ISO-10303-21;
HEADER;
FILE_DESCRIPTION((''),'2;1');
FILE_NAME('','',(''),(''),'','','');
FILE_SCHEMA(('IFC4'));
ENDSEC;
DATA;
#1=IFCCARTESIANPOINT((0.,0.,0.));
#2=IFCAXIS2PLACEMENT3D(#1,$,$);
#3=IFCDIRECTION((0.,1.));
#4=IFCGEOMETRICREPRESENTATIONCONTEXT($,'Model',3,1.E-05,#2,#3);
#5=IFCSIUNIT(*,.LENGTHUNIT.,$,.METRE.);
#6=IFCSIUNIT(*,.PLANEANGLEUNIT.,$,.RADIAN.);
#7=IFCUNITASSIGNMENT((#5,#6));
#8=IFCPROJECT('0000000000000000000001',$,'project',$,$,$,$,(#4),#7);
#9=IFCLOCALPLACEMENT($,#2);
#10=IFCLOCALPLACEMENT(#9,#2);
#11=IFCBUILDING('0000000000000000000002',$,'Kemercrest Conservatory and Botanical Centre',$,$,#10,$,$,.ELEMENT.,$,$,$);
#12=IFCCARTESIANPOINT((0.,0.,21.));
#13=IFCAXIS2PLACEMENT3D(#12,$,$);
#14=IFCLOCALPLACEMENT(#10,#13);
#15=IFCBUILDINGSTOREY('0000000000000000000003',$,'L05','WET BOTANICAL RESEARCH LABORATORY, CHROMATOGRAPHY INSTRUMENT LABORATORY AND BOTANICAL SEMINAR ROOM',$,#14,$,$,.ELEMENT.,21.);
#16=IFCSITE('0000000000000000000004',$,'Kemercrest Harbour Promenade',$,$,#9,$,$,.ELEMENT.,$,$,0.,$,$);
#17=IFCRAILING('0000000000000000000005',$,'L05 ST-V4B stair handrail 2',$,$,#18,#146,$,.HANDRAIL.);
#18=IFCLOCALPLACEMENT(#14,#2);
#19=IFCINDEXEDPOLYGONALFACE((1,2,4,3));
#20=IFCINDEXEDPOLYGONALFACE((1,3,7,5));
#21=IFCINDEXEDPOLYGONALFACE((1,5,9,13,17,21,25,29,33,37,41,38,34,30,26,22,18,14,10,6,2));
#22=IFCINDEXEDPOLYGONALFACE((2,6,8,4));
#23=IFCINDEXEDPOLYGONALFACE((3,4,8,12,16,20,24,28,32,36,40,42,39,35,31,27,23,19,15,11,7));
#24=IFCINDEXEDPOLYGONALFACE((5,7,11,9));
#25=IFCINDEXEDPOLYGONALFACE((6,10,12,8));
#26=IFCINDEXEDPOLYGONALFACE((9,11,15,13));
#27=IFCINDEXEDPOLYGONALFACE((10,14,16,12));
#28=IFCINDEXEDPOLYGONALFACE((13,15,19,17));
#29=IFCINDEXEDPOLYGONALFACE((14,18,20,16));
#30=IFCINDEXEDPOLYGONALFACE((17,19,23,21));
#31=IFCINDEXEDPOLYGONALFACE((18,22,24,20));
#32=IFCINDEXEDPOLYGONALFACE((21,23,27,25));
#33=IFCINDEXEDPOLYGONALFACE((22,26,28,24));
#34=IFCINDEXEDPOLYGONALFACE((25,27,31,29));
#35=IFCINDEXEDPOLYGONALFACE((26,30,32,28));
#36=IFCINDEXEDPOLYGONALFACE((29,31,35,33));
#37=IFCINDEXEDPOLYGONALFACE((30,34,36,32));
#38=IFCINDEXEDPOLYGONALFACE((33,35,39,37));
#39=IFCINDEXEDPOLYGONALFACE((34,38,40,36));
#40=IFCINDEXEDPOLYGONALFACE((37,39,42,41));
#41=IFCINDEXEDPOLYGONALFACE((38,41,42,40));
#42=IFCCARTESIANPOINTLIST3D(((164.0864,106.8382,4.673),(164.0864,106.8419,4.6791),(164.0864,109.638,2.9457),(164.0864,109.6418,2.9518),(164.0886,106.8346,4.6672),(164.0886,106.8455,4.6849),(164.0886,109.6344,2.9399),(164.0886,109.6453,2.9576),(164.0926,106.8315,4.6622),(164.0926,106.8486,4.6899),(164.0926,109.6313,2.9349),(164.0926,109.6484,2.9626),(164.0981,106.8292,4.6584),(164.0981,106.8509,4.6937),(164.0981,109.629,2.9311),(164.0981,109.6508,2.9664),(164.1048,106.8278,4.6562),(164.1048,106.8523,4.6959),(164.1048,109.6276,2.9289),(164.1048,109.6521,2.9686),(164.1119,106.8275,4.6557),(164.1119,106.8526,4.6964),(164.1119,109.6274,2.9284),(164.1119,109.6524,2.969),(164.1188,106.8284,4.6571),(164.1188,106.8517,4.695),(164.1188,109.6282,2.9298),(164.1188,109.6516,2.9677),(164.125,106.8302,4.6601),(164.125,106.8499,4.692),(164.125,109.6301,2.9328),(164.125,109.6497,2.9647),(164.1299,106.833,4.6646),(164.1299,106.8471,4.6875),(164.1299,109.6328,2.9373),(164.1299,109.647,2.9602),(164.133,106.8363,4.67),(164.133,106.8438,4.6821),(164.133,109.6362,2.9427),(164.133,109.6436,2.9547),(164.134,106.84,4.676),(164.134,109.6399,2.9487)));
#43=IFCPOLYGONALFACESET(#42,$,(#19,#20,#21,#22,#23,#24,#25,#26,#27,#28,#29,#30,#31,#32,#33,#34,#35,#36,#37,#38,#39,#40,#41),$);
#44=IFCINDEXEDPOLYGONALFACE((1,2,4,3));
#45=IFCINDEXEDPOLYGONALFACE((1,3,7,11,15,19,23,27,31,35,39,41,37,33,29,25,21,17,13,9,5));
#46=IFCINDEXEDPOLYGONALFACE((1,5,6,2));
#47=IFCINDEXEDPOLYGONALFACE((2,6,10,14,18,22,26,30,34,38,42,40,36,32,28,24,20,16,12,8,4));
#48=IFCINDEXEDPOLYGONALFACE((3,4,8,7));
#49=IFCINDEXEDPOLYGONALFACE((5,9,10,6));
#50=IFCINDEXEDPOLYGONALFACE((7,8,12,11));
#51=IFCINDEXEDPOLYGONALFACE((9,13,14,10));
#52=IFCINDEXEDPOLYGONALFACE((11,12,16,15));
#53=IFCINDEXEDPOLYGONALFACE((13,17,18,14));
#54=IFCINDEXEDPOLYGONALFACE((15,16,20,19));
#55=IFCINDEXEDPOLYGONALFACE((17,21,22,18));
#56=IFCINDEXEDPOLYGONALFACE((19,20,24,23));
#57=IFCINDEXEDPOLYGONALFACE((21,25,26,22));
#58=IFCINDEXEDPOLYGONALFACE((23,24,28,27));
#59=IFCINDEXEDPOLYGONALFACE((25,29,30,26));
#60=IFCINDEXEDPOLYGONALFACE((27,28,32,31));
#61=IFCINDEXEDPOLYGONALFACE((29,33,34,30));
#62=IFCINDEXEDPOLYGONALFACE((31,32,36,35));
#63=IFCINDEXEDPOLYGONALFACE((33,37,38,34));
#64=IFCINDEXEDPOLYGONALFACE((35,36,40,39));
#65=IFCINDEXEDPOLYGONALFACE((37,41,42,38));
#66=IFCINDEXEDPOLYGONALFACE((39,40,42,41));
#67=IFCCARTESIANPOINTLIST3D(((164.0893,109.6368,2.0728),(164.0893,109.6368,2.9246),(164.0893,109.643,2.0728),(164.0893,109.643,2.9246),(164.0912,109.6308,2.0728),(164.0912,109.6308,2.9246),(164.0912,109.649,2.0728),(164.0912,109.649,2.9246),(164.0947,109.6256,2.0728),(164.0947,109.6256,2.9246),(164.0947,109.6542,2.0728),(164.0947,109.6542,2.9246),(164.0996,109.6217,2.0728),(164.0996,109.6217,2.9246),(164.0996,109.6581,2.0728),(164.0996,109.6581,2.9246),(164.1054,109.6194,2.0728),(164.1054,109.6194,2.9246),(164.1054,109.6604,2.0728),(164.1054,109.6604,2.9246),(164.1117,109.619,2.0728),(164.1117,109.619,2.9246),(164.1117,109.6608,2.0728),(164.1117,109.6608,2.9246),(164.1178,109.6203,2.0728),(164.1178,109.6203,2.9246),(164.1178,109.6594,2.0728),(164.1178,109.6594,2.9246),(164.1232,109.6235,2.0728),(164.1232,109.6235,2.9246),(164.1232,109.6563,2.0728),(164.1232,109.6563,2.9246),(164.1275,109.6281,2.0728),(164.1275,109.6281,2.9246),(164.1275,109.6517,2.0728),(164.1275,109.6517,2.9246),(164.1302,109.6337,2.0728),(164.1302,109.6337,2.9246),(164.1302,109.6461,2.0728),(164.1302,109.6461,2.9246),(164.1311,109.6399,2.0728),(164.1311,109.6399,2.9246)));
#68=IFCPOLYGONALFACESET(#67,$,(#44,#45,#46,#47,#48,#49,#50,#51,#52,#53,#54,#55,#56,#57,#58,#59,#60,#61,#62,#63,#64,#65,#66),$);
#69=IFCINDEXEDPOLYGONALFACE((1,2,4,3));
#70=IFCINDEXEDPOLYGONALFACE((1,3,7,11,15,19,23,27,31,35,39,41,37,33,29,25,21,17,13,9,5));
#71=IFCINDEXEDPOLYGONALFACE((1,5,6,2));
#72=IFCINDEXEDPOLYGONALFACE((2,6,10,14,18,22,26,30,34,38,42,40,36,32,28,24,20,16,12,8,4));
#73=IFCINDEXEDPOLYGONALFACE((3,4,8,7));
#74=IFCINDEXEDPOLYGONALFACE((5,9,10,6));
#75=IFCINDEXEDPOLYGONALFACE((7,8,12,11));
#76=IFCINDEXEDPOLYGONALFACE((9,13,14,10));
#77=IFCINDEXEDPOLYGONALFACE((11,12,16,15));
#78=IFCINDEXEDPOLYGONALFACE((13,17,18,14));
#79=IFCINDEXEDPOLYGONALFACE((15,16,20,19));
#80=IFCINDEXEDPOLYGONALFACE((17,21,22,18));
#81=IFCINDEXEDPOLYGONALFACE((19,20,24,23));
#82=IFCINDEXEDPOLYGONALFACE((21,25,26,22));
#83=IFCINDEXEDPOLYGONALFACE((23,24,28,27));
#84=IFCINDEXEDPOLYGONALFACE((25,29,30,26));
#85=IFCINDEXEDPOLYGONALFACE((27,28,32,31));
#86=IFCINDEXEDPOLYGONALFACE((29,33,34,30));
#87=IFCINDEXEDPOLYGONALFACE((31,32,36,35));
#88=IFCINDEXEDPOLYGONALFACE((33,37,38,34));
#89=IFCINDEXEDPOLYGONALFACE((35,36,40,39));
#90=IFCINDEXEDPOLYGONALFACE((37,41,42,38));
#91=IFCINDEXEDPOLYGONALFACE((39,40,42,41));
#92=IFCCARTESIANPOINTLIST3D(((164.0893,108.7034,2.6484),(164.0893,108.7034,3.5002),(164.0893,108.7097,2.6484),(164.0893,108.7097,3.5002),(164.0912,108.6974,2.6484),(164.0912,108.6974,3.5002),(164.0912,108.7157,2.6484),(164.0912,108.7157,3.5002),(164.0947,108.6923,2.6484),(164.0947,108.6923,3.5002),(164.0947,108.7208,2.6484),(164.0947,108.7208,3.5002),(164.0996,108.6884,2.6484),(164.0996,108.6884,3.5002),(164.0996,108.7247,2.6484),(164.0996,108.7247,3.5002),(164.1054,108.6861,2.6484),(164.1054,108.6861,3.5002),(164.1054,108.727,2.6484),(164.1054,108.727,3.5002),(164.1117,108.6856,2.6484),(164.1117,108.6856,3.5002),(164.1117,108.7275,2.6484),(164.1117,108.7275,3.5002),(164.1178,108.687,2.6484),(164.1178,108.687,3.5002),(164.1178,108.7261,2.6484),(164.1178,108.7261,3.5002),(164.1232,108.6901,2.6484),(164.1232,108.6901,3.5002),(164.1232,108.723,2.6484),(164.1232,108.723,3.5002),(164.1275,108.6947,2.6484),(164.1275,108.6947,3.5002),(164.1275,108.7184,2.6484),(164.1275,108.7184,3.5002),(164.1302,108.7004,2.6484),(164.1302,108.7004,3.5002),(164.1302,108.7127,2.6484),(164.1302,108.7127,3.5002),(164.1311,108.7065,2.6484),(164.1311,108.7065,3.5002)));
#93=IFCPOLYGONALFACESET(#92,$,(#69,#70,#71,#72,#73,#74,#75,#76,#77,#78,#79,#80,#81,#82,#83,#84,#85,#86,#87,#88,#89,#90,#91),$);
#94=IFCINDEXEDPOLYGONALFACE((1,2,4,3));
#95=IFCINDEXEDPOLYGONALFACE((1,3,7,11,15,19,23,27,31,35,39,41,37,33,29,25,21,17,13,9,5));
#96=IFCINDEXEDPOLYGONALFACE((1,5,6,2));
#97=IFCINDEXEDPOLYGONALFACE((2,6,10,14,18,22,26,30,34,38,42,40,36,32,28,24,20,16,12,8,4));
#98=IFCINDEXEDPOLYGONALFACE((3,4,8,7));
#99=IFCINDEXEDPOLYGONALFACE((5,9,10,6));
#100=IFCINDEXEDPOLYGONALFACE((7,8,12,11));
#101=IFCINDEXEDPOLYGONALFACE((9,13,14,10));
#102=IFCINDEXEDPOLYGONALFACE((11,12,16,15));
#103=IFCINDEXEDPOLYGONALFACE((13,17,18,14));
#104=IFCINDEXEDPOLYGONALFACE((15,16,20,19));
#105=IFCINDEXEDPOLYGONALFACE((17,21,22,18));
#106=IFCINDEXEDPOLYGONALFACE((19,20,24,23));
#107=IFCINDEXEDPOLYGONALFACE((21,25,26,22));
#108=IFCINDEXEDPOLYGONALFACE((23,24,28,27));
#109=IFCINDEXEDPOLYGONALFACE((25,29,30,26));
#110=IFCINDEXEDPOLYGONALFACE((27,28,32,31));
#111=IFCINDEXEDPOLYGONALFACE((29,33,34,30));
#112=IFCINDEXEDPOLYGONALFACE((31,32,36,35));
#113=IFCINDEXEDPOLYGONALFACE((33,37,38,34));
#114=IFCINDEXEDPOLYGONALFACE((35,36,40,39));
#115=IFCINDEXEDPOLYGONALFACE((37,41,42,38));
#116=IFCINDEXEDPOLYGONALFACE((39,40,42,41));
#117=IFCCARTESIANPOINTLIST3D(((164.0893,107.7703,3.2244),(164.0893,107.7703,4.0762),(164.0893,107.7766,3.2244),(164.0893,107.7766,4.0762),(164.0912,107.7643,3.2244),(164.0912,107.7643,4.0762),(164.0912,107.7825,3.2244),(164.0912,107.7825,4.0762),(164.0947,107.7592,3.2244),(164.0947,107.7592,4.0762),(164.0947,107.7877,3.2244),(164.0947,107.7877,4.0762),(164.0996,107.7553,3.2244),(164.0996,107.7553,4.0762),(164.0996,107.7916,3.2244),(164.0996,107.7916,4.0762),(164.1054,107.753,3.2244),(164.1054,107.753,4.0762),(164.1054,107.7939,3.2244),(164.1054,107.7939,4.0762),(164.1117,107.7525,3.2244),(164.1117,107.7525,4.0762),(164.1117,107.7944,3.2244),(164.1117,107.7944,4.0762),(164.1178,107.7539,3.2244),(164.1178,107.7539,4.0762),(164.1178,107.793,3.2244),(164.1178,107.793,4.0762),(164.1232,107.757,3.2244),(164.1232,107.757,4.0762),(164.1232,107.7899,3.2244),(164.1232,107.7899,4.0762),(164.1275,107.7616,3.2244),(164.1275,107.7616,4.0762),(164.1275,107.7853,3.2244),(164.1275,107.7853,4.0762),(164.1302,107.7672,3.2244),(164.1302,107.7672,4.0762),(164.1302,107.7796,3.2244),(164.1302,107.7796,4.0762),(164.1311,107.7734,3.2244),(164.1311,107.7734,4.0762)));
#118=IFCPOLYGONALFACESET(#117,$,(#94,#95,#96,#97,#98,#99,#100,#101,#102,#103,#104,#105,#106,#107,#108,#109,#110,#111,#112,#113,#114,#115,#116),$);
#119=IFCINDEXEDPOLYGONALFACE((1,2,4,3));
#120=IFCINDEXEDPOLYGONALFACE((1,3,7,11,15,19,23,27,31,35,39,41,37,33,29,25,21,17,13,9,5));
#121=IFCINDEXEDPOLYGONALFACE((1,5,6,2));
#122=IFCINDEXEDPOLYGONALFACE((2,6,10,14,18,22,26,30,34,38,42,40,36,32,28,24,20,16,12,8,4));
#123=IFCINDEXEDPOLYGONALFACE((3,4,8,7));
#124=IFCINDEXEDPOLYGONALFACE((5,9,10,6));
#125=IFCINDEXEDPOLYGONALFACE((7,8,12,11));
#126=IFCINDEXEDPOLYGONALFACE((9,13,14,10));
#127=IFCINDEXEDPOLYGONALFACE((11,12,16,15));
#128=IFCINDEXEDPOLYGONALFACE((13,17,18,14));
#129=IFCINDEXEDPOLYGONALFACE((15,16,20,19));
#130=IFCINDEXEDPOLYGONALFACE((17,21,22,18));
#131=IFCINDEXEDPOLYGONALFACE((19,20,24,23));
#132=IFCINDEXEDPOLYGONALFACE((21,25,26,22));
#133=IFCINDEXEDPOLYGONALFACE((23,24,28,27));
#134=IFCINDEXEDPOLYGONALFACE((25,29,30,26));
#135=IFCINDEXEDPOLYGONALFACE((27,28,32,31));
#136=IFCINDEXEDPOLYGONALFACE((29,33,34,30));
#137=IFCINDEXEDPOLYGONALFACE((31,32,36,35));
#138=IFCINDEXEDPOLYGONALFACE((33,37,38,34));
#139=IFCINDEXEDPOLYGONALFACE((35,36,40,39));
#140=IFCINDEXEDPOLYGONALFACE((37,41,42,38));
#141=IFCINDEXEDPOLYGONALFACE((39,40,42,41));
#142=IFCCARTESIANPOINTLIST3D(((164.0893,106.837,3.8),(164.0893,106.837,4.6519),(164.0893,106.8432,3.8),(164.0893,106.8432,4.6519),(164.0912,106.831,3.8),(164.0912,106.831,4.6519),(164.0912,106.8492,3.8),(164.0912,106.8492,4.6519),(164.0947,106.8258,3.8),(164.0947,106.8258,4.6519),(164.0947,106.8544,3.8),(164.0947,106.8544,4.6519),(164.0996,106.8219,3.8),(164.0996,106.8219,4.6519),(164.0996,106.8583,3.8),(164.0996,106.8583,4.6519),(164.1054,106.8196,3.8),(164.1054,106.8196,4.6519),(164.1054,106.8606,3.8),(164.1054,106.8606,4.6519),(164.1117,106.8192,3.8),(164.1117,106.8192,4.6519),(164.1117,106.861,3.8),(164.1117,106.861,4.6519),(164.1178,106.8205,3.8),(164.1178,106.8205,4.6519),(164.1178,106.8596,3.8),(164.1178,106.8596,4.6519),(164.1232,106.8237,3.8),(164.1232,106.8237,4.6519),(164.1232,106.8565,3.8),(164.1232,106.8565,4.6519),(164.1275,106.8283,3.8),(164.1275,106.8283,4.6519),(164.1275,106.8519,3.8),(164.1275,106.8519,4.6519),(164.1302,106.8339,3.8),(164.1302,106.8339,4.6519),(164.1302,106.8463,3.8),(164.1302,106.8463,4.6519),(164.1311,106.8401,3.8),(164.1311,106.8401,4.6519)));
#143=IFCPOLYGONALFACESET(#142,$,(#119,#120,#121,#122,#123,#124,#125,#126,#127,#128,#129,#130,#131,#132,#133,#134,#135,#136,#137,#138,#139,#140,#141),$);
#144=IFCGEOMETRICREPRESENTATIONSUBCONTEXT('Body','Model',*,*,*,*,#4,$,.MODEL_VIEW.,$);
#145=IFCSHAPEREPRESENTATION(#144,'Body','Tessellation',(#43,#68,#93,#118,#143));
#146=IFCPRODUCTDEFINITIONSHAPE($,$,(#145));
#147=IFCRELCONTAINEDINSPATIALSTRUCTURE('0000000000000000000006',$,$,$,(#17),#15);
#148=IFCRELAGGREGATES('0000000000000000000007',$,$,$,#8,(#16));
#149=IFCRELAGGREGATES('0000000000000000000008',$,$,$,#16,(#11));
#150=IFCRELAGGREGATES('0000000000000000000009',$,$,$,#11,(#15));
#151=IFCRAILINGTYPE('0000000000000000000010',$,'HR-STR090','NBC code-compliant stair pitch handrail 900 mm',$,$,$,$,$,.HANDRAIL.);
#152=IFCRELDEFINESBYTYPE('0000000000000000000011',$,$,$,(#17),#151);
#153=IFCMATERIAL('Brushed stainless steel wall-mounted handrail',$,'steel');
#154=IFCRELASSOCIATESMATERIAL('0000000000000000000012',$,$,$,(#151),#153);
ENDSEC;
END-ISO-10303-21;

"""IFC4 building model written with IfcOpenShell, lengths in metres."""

from ifc_helpers import new_model, si_unit, direction, frame, origin, origin_2d, place, context, subcontext, project, spatial, circle, extrude, material, type_object, element, save


model = new_model("IFC4")

# Units and contexts
model_context = context("Model", 3, precision=1e-05, world=origin(), true_north=direction((0.0, 1.0)))
body_context = subcontext(model_context, "Body", "Model", "MODEL_VIEW")
ifc_project = project(units=[si_unit("LENGTHUNIT", "METRE"), si_unit("PLANEANGLEUNIT", "RADIAN")], contexts=[model_context])

# Site, building, storey
site_placement = place(None, origin())
site = spatial("IfcSite", under=ifc_project, at=site_placement, Name="Kemercrest Harbour Promenade", CompositionType="ELEMENT", RefElevation=0.0)
building_placement = place(site_placement, origin())
building = spatial("IfcBuilding", under=site, at=building_placement, Name="Kemercrest Conservatory and Botanical Centre", CompositionType="ELEMENT")
storey_placement = place(building_placement, frame((0.0, 0.0, 21.0)))
storey = spatial("IfcBuildingStorey", under=building, at=storey_placement, Name="L05", Description="WET BOTANICAL RESEARCH LABORATORY, CHROMATOGRAPHY INSTRUMENT LABORATORY AND BOTANICAL SEMINAR ROOM", CompositionType="ELEMENT", Elevation=21.0)

# Railing
ifc_material_1 = material(Name="Brushed stainless steel wall-mounted handrail", Category="steel")
railing_type_1 = type_object("IfcRailingType", Name="HR-STR090", Description="NBC code-compliant stair pitch handrail 900 mm", PredefinedType="HANDRAIL", material=ifc_material_1)
for number, where, name in (
    (1, (164.1101, 109.6399, 2.0728), "L05 ST-V4B stair handrail 2"),
):
    element("IfcRailing", number, at=place(storey_placement, frame(where)), inside=storey, type_object=railing_type_1, Name=name, PredefinedType="HANDRAIL", context=body_context, shape_type="SweptSolid", body=[
        extrude(circle(Radius=0.0239, at=origin_2d()), frame((0.0, 0.0, 0.876), z_axis=(0.0, -0.851069, 0.525054), x_axis=(1.0, 0.0, 0.0)), (0.0, 0.0, 1.0), 3.2898),
        extrude(circle(Radius=0.021, at=origin_2d()), origin(), (0.0, 0.0, 1.0), 0.8518),
        extrude(circle(Radius=0.021, at=origin_2d()), frame((0.0, -0.9333, 0.5757)), (0.0, 0.0, 1.0), 0.8518),
        extrude(circle(Radius=0.021, at=origin_2d()), frame((0.0, -1.8665, 1.1516)), (0.0, 0.0, 1.0), 0.8518),
        extrude(circle(Radius=0.021, at=origin_2d()), frame((0.0, -2.7998, 1.7273)), (0.0, 0.0, 1.0), 0.8518),
    ])

save(model, "model.ifc")
